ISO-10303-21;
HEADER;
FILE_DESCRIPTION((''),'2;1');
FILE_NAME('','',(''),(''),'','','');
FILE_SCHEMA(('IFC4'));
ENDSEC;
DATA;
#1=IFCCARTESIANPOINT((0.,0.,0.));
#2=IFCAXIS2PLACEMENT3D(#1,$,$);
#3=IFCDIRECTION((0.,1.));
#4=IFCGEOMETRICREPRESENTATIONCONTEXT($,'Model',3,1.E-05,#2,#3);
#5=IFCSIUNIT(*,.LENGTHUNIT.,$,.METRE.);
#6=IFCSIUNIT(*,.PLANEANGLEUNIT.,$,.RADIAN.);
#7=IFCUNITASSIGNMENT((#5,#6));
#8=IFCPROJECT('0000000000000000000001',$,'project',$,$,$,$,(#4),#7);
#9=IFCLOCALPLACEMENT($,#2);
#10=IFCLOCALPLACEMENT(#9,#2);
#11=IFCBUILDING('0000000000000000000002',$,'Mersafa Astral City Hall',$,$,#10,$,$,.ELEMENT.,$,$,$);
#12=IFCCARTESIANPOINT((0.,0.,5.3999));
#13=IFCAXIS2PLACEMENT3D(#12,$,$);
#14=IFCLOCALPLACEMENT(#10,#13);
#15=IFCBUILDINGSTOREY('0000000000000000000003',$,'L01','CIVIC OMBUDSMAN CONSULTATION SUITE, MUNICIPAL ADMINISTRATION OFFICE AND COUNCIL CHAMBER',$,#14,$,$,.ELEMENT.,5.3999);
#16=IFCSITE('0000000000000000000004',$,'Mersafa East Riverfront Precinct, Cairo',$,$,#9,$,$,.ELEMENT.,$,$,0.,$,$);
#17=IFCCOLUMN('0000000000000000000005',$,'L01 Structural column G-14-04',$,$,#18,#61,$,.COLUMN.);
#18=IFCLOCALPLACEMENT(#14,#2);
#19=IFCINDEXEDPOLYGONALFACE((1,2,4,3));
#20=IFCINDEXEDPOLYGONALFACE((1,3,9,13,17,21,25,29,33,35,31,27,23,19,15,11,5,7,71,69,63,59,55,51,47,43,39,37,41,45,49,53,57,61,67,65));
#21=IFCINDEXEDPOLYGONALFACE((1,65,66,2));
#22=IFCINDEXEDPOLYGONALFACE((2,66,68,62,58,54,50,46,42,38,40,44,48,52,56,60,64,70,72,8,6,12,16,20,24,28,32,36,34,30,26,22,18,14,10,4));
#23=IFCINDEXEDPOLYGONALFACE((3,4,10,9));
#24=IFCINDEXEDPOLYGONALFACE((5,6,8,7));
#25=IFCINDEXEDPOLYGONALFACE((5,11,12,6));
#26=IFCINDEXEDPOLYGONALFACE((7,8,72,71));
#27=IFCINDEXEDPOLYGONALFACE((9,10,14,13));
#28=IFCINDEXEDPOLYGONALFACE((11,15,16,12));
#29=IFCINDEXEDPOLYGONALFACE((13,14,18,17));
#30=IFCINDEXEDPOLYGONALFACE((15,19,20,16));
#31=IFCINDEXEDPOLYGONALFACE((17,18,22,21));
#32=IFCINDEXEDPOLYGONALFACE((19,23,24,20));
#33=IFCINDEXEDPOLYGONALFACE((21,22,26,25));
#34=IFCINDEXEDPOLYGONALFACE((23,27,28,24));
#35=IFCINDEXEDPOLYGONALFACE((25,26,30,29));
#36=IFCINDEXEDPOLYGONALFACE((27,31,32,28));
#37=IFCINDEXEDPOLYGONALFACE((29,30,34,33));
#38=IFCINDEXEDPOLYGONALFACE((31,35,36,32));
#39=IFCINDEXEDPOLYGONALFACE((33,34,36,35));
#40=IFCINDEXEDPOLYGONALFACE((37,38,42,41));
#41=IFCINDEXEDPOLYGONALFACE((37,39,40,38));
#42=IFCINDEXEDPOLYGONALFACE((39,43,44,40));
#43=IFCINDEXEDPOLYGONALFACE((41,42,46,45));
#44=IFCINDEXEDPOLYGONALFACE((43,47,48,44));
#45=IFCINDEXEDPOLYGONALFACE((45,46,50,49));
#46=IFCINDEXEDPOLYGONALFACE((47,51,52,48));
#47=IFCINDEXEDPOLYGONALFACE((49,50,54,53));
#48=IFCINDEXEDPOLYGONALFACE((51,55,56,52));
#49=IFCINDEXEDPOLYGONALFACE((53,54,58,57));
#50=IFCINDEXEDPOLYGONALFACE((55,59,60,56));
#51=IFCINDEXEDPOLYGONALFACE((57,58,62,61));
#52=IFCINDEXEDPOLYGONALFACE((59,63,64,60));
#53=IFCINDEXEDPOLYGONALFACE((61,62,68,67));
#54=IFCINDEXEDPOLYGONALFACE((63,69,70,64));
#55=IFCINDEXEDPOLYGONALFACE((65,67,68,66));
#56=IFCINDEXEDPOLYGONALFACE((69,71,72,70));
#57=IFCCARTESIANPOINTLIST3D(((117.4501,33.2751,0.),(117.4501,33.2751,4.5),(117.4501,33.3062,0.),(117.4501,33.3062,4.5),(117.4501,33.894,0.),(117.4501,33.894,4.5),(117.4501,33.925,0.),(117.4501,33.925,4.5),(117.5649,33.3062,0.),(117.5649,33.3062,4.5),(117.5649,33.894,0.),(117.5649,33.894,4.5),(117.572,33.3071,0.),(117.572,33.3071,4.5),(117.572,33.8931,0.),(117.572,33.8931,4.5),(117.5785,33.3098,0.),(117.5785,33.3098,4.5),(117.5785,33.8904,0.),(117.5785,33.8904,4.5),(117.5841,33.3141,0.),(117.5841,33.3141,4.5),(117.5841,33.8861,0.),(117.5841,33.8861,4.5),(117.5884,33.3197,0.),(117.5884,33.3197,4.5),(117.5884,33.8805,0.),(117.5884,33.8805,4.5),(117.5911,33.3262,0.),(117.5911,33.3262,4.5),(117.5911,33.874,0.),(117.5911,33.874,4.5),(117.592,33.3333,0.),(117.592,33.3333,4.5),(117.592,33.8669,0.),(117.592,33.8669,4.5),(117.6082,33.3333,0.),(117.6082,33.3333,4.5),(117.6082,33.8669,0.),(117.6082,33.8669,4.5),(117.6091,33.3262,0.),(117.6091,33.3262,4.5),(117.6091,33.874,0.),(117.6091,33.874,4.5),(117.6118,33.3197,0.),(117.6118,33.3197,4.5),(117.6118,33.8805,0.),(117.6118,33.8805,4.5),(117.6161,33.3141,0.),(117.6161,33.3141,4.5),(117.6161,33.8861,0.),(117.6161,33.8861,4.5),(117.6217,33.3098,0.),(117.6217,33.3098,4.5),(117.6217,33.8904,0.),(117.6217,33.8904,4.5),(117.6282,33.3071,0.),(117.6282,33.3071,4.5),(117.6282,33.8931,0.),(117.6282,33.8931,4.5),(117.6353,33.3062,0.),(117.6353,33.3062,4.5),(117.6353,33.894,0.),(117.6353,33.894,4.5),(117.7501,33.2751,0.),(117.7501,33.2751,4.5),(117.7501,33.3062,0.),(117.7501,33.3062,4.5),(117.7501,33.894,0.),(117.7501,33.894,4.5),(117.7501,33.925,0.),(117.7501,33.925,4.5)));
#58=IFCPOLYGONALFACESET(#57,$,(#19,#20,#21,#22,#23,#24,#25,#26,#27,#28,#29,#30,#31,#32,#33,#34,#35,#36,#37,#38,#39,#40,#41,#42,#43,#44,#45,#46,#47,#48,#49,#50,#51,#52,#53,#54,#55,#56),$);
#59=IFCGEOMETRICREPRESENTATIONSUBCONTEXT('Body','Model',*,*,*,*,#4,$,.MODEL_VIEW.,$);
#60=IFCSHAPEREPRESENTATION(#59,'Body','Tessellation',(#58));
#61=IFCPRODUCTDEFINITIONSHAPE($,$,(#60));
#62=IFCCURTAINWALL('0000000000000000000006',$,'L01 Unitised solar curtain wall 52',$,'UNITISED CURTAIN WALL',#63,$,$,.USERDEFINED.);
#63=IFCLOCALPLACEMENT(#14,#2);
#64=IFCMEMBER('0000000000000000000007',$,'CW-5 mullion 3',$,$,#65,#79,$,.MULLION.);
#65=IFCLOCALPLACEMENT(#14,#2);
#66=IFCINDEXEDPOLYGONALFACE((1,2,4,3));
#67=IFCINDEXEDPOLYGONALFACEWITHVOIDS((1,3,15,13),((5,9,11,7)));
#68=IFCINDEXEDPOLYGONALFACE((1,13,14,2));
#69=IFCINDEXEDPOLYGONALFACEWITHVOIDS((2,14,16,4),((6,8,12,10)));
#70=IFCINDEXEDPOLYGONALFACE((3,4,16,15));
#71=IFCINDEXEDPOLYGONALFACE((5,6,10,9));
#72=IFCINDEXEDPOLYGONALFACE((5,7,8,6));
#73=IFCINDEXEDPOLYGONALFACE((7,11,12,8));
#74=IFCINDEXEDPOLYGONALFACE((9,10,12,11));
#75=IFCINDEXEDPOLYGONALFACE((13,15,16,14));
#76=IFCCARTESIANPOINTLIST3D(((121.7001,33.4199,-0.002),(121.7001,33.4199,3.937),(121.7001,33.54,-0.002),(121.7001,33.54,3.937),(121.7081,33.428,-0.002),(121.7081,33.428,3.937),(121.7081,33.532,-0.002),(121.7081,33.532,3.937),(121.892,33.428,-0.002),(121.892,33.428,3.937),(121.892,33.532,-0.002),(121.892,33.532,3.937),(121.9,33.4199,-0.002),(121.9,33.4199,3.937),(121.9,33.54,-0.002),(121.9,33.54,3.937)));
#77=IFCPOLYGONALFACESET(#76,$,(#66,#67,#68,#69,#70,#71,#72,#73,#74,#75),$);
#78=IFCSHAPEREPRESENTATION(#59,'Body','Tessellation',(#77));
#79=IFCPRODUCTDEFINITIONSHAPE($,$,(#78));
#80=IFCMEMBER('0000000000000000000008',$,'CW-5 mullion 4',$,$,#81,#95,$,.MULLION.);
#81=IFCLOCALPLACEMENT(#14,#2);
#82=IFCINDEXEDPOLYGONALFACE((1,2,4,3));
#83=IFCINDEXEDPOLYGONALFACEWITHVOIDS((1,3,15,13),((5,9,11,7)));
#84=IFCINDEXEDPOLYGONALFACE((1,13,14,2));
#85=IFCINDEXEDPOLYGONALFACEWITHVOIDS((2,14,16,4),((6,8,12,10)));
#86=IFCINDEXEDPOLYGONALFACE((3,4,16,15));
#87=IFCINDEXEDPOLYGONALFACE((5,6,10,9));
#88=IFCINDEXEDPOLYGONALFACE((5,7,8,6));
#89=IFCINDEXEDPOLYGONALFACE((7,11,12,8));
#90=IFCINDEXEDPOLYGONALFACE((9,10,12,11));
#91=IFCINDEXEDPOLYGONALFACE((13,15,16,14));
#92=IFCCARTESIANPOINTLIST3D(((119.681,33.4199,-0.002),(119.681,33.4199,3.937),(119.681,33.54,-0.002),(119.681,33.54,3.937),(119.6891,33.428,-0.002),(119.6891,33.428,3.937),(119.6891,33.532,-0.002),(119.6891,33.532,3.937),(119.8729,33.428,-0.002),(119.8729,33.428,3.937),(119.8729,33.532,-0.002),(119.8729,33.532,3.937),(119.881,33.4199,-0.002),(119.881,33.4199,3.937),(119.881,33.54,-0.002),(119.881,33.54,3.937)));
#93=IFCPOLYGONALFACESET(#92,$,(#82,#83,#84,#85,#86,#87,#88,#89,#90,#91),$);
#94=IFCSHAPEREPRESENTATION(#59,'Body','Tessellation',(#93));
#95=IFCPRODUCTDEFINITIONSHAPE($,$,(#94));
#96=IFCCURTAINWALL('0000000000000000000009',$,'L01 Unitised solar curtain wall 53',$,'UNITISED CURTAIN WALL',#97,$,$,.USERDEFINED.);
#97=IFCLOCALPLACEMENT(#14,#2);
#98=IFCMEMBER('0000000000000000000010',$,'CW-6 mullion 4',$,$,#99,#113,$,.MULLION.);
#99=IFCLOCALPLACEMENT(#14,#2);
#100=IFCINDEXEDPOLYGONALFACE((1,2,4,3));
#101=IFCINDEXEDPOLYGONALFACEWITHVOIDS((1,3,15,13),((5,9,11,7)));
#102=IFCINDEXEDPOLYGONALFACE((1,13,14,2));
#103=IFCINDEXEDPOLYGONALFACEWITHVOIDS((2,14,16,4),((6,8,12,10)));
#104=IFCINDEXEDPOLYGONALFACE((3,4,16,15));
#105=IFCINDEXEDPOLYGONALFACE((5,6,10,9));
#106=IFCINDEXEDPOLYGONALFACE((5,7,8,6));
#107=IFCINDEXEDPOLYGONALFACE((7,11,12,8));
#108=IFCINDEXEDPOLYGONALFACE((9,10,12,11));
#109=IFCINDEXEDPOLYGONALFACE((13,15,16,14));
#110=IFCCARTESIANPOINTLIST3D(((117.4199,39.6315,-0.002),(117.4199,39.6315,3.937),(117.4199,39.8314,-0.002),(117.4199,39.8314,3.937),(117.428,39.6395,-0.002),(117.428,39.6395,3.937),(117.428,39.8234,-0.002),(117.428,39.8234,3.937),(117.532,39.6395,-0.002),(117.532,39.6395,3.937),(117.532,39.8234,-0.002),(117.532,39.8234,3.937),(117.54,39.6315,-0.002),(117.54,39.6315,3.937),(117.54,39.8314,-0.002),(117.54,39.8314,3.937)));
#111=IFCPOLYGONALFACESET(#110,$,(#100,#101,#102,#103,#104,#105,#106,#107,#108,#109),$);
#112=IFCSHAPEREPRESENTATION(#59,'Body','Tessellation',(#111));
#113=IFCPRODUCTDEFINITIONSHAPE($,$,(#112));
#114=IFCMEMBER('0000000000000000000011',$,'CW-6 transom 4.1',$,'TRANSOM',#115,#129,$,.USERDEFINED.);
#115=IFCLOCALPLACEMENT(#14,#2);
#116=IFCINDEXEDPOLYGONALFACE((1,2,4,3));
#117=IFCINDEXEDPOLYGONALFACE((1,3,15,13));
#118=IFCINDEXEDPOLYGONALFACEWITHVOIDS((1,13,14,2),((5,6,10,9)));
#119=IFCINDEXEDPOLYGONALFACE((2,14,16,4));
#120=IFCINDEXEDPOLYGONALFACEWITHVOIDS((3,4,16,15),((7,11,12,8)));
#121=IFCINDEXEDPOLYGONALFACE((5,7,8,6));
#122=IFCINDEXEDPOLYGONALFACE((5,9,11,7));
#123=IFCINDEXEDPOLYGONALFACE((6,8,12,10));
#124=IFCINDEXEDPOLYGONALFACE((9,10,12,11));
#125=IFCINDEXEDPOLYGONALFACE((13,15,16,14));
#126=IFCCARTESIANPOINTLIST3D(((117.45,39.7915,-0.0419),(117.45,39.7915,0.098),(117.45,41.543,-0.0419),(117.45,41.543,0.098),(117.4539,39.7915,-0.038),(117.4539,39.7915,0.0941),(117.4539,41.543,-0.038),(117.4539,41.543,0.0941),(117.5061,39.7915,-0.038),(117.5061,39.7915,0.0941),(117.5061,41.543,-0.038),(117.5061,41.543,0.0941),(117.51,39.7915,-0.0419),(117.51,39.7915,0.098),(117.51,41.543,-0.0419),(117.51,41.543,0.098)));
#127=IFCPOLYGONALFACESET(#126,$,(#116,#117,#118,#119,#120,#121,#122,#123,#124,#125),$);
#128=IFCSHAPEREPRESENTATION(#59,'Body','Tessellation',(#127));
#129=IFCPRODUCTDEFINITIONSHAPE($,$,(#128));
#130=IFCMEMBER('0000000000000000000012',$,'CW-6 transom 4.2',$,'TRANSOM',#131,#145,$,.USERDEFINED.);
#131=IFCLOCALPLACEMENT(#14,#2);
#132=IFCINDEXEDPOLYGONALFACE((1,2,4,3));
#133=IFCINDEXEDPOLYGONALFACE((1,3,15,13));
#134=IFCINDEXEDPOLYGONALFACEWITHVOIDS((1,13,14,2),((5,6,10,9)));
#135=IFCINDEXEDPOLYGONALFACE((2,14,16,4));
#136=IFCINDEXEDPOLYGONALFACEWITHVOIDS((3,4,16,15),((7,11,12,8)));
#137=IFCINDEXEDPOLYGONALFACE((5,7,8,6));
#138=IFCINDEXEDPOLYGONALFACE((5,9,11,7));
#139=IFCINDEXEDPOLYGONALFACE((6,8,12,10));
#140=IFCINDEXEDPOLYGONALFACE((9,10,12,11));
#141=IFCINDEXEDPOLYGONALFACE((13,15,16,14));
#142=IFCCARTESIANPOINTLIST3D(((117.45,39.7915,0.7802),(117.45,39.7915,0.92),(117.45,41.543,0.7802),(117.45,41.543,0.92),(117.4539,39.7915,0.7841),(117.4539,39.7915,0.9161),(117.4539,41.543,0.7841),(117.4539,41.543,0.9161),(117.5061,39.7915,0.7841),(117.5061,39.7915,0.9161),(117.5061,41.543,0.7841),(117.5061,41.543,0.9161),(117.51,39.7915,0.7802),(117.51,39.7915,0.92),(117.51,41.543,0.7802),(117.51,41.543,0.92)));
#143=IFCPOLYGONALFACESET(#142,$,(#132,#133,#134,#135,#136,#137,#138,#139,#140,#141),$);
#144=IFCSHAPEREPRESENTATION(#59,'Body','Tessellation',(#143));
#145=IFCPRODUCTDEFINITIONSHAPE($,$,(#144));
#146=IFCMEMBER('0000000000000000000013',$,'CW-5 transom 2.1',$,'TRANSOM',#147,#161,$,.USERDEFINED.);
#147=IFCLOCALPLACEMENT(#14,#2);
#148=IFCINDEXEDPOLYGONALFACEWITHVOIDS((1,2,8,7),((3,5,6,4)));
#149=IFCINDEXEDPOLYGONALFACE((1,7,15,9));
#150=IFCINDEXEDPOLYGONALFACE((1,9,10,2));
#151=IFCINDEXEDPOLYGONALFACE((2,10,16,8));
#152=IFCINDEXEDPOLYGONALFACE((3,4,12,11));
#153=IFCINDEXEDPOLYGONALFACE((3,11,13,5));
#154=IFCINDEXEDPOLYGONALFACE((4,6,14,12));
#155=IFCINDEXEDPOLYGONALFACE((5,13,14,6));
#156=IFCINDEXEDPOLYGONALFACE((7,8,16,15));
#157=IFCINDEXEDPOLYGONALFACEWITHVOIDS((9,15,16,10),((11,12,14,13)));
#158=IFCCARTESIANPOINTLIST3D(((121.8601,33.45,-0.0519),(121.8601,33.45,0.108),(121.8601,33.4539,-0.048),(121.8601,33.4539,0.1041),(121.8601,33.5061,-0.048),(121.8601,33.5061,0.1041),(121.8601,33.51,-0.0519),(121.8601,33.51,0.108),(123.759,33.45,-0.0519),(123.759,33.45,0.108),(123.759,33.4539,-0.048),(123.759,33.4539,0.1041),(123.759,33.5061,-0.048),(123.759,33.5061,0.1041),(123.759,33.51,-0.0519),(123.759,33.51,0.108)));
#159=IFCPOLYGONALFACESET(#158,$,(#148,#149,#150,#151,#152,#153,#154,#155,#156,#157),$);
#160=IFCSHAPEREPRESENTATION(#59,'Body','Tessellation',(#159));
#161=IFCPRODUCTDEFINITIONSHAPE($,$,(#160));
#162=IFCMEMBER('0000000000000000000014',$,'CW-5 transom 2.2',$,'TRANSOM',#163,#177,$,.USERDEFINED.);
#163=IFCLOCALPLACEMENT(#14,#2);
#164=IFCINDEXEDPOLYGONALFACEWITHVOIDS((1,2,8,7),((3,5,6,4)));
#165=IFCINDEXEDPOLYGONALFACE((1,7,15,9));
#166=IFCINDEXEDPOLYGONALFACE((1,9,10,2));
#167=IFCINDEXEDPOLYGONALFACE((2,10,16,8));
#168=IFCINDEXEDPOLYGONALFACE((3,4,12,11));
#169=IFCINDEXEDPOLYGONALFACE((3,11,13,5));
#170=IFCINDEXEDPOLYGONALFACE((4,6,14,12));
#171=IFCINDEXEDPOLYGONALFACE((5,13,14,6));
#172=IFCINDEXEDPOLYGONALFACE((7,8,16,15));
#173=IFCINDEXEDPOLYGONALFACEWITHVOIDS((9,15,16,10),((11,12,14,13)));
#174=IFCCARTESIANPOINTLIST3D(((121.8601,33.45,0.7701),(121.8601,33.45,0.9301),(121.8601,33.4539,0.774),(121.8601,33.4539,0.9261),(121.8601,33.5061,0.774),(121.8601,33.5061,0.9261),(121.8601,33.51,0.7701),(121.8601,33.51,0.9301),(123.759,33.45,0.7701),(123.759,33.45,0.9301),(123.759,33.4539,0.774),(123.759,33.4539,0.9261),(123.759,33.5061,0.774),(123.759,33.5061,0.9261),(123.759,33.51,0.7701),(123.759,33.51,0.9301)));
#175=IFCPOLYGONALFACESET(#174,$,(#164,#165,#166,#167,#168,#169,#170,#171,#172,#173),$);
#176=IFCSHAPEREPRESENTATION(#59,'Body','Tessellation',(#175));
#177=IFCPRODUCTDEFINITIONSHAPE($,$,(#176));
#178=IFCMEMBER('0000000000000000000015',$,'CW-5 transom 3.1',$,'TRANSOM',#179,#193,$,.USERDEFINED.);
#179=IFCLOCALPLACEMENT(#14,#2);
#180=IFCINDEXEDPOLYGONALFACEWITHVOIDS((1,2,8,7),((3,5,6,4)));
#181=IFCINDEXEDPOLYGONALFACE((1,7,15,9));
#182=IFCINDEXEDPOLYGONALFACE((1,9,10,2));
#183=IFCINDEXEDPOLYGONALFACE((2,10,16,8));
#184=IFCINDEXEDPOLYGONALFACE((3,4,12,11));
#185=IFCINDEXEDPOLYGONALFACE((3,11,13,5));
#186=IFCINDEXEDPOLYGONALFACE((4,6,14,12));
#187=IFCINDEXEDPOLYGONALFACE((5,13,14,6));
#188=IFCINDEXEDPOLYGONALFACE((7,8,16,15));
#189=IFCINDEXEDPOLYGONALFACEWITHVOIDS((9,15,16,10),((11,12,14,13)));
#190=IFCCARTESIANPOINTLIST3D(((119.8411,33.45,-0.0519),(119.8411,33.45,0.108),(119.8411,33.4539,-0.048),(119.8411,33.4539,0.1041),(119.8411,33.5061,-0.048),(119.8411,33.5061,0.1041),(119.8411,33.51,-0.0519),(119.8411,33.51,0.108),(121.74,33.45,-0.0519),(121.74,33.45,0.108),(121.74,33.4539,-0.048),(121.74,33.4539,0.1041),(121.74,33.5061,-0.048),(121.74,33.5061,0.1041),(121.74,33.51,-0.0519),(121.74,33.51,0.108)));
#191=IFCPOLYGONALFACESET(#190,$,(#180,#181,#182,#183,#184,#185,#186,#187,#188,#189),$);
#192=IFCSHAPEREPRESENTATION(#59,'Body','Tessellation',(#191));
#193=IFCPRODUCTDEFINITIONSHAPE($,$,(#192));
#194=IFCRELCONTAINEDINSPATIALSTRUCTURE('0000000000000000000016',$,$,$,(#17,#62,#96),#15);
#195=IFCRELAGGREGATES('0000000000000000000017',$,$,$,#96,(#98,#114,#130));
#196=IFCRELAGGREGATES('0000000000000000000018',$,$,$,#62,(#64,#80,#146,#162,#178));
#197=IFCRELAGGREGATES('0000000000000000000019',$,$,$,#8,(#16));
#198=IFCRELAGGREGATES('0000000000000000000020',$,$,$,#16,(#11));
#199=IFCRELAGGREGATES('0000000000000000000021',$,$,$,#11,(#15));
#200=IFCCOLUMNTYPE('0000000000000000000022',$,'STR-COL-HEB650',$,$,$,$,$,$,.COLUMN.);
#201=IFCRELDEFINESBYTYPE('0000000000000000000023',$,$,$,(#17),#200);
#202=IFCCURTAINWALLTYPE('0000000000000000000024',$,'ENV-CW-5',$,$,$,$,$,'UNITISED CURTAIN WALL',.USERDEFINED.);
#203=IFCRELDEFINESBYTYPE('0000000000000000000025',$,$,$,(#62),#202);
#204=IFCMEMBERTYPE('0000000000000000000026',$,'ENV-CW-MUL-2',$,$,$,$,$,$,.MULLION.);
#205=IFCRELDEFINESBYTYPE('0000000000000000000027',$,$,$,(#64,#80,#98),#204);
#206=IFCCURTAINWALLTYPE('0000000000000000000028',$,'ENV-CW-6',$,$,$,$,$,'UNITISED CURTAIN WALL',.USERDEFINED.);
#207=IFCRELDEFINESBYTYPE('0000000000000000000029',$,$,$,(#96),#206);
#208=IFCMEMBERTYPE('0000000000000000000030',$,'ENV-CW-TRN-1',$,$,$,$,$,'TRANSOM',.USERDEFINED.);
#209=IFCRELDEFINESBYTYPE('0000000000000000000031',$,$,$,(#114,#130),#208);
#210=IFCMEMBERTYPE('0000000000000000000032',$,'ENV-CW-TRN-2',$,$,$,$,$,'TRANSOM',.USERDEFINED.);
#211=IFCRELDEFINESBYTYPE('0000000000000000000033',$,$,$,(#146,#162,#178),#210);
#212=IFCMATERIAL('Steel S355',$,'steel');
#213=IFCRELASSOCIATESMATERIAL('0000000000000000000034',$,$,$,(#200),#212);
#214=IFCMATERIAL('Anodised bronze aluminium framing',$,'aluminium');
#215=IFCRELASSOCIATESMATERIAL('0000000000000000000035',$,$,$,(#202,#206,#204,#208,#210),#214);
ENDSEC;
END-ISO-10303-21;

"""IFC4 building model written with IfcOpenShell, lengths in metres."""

from ifc_helpers import new_model, si_unit, direction, frame, origin, origin_2d, place, context, subcontext, project, spatial, hollow_rectangle, i_section, extrude, material, material_profile, profile_set, type_object, element, aggregate, save


model = new_model("IFC4")

# Units and contexts
model_context = context("Model", 3, precision=1e-05, world=origin(), true_north=direction((0.0, 1.0)))
body_context = subcontext(model_context, "Body", "Model", "MODEL_VIEW")
ifc_project = project(units=[si_unit("LENGTHUNIT", "METRE"), si_unit("PLANEANGLEUNIT", "RADIAN")], contexts=[model_context])

# Site, building, storey
site_placement = place(None, origin())
site = spatial("IfcSite", under=ifc_project, at=site_placement, Name="Mersafa East Riverfront Precinct, Cairo", CompositionType="ELEMENT", RefElevation=0.0)
building_placement = place(site_placement, origin())
building = spatial("IfcBuilding", under=site, at=building_placement, Name="Mersafa Astral City Hall", CompositionType="ELEMENT")
storey_placement = place(building_placement, frame((0.0, 0.0, 5.3999)))
storey = spatial("IfcBuildingStorey", under=building, at=storey_placement, Name="L01", Description="CIVIC OMBUDSMAN CONSULTATION SUITE, MUNICIPAL ADMINISTRATION OFFICE AND COUNCIL CHAMBER", CompositionType="ELEMENT", Elevation=5.3999)

# Column
ifc_material_1 = material(Name="Steel S355", Category="steel")
ifc_material_profile_1 = material_profile(ifc_material_1, i_section(OverallWidth=0.3, OverallDepth=0.6499, WebThickness=0.0161, FlangeThickness=0.031, FilletRadius=0.0271, at=origin_2d()), Name="HEB 650")
ifc_profile_set_1 = profile_set([ifc_material_profile_1], Name="Steel S355")
column_type = type_object("IfcColumnType", Name="STR-COL-HEB650", PredefinedType="COLUMN", material=ifc_profile_set_1)
column_placement = place(storey_placement, frame((117.6001, 33.6001, 0.0), z_axis=(0.0, 0.0, 1.0), x_axis=(1.0, 0.0, 0.0)))
element("IfcColumn", 1, at=column_placement, inside=storey, type_object=column_type, Name="L01 Structural column G-14-04", PredefinedType="COLUMN", context=body_context, shape_type="SweptSolid", body=[
    extrude(i_section(OverallWidth=0.3, OverallDepth=0.6499, WebThickness=0.0161, FlangeThickness=0.031, FilletRadius=0.0271, at=origin_2d()), origin(), (0.0, 0.0, 1.0), 4.5),
])

# Curtain walls, members
ifc_material_2 = material(Name="Anodised bronze aluminium framing", Category="aluminium")
curtain_wall_type_1 = type_object("IfcCurtainWallType", Name="ENV-CW-5", ElementType="UNITISED CURTAIN WALL", PredefinedType="USERDEFINED", material=ifc_material_2)
curtain_wall_1_placement = place(storey_placement, origin())
curtain_wall_1 = element("IfcCurtainWall", 2, at=curtain_wall_1_placement, inside=storey, type_object=curtain_wall_type_1, Name="L01 Unitised solar curtain wall 52", ObjectType="UNITISED CURTAIN WALL", PredefinedType="USERDEFINED")
ifc_material_profile_2 = material_profile(ifc_material_2, hollow_rectangle(XDim=0.1201, YDim=0.2, WallThickness=0.0081, at=origin_2d()), Name="RHS 120x200x8")
ifc_profile_set_2 = profile_set([ifc_material_profile_2], Name="Anodised bronze aluminium framing")
member_type_1 = type_object("IfcMemberType", Name="ENV-CW-MUL-2", PredefinedType="MULLION", material=ifc_profile_set_2)
member_1_placement = place(storey_placement, frame((121.8, 33.48, -0.002), z_axis=(0.0, 0.0, 1.0), x_axis=(0.0, -1.0, 0.0)))
member_1 = element("IfcMember", 3, at=member_1_placement, type_object=member_type_1, Name="CW-5 mullion 3", PredefinedType="MULLION", context=body_context, shape_type="SweptSolid", body=[
    extrude(hollow_rectangle(XDim=0.1201, YDim=0.2, WallThickness=0.0081, at=origin_2d()), origin(), (0.0, 0.0, 1.0), 3.939),
])
member_2_placement = place(storey_placement, frame((119.781, 33.48, -0.002), z_axis=(0.0, 0.0, 1.0), x_axis=(0.0, -1.0, 0.0)))
member_2 = element("IfcMember", 4, at=member_2_placement, type_object=member_type_1, Name="CW-5 mullion 4", PredefinedType="MULLION", context=body_context, shape_type="SweptSolid", body=[
    extrude(hollow_rectangle(XDim=0.1201, YDim=0.2, WallThickness=0.0081, at=origin_2d()), origin(), (0.0, 0.0, 1.0), 3.939),
])
curtain_wall_type_2 = type_object("IfcCurtainWallType", Name="ENV-CW-6", ElementType="UNITISED CURTAIN WALL", PredefinedType="USERDEFINED", material=ifc_material_2)
curtain_wall_2_placement = place(storey_placement, origin())
curtain_wall_2 = element("IfcCurtainWall", 5, at=curtain_wall_2_placement, inside=storey, type_object=curtain_wall_type_2, Name="L01 Unitised solar curtain wall 53", ObjectType="UNITISED CURTAIN WALL", PredefinedType="USERDEFINED")
member_3_placement = place(storey_placement, frame((117.48, 39.7314, -0.002), z_axis=(0.0, 0.0, 1.0), x_axis=(-1.0, 0.0, 0.0)))
member_3 = element("IfcMember", 6, at=member_3_placement, type_object=member_type_1, Name="CW-6 mullion 4", PredefinedType="MULLION", context=body_context, shape_type="SweptSolid", body=[
    extrude(hollow_rectangle(XDim=0.1201, YDim=0.2, WallThickness=0.0081, at=origin_2d()), origin(), (0.0, 0.0, 1.0), 3.939),
])
ifc_material_profile_3 = material_profile(ifc_material_2, hollow_rectangle(XDim=0.0601, YDim=0.1399, WallThickness=0.0039, at=origin_2d()), Name="RHS 60x140x4")
ifc_profile_set_3 = profile_set([ifc_material_profile_3], Name="Anodised bronze aluminium framing")
member_type_2 = type_object("IfcMemberType", Name="ENV-CW-TRN-1", ElementType="TRANSOM", PredefinedType="USERDEFINED", material=ifc_profile_set_3)
member_4_placement = place(storey_placement, frame((117.48, 39.7915, 0.0281), z_axis=(0.0, 1.0, 0.0), x_axis=(-1.0, 0.0, 0.0)))
member_4 = element("IfcMember", 7, at=member_4_placement, type_object=member_type_2, Name="CW-6 transom 4.1", ObjectType="TRANSOM", PredefinedType="USERDEFINED", context=body_context, shape_type="SweptSolid", body=[
    extrude(hollow_rectangle(XDim=0.0601, YDim=0.1399, WallThickness=0.0039, at=origin_2d()), origin(), (0.0, 0.0, 1.0), 1.7515),
])
member_5_placement = place(storey_placement, frame((117.48, 39.7915, 0.8501), z_axis=(0.0, 1.0, 0.0), x_axis=(-1.0, 0.0, 0.0)))
member_5 = element("IfcMember", 8, at=member_5_placement, type_object=member_type_2, Name="CW-6 transom 4.2", ObjectType="TRANSOM", PredefinedType="USERDEFINED", context=body_context, shape_type="SweptSolid", body=[
    extrude(hollow_rectangle(XDim=0.0601, YDim=0.1399, WallThickness=0.0039, at=origin_2d()), origin(), (0.0, 0.0, 1.0), 1.7515),
])
aggregate(curtain_wall_2, [member_3, member_4, member_5])

# Members
ifc_material_profile_4 = material_profile(ifc_material_2, hollow_rectangle(XDim=0.0601, YDim=0.1599, WallThickness=0.0039, at=origin_2d()), Name="RHS 60x160x4")
ifc_profile_set_4 = profile_set([ifc_material_profile_4], Name="Anodised bronze aluminium framing")
member_type_3 = type_object("IfcMemberType", Name="ENV-CW-TRN-2", ElementType="TRANSOM", PredefinedType="USERDEFINED", material=ifc_profile_set_4)
member_6_placement = place(storey_placement, frame((123.759, 33.48, 0.0281), z_axis=(-1.0, 0.0, 0.0), x_axis=(0.0, -1.0, 0.0)))
member_6 = element("IfcMember", 9, at=member_6_placement, type_object=member_type_3, Name="CW-5 transom 2.1", ObjectType="TRANSOM", PredefinedType="USERDEFINED", context=body_context, shape_type="SweptSolid", body=[
    extrude(hollow_rectangle(XDim=0.0601, YDim=0.1599, WallThickness=0.0039, at=origin_2d()), origin(), (0.0, 0.0, 1.0), 1.8989),
])
member_7_placement = place(storey_placement, frame((123.759, 33.48, 0.8501), z_axis=(-1.0, 0.0, 0.0), x_axis=(0.0, -1.0, 0.0)))
member_7 = element("IfcMember", 10, at=member_7_placement, type_object=member_type_3, Name="CW-5 transom 2.2", ObjectType="TRANSOM", PredefinedType="USERDEFINED", context=body_context, shape_type="SweptSolid", body=[
    extrude(hollow_rectangle(XDim=0.0601, YDim=0.1599, WallThickness=0.0039, at=origin_2d()), origin(), (0.0, 0.0, 1.0), 1.8989),
])
member_8_placement = place(storey_placement, frame((121.74, 33.48, 0.0281), z_axis=(-1.0, 0.0, 0.0), x_axis=(0.0, -1.0, 0.0)))
member_8 = element("IfcMember", 11, at=member_8_placement, type_object=member_type_3, Name="CW-5 transom 3.1", ObjectType="TRANSOM", PredefinedType="USERDEFINED", context=body_context, shape_type="SweptSolid", body=[
    extrude(hollow_rectangle(XDim=0.0601, YDim=0.1599, WallThickness=0.0039, at=origin_2d()), origin(), (0.0, 0.0, 1.0), 1.8989),
])

aggregate(curtain_wall_1, [member_1, member_2, member_6, member_7, member_8])

save(model, "model.ifc")
